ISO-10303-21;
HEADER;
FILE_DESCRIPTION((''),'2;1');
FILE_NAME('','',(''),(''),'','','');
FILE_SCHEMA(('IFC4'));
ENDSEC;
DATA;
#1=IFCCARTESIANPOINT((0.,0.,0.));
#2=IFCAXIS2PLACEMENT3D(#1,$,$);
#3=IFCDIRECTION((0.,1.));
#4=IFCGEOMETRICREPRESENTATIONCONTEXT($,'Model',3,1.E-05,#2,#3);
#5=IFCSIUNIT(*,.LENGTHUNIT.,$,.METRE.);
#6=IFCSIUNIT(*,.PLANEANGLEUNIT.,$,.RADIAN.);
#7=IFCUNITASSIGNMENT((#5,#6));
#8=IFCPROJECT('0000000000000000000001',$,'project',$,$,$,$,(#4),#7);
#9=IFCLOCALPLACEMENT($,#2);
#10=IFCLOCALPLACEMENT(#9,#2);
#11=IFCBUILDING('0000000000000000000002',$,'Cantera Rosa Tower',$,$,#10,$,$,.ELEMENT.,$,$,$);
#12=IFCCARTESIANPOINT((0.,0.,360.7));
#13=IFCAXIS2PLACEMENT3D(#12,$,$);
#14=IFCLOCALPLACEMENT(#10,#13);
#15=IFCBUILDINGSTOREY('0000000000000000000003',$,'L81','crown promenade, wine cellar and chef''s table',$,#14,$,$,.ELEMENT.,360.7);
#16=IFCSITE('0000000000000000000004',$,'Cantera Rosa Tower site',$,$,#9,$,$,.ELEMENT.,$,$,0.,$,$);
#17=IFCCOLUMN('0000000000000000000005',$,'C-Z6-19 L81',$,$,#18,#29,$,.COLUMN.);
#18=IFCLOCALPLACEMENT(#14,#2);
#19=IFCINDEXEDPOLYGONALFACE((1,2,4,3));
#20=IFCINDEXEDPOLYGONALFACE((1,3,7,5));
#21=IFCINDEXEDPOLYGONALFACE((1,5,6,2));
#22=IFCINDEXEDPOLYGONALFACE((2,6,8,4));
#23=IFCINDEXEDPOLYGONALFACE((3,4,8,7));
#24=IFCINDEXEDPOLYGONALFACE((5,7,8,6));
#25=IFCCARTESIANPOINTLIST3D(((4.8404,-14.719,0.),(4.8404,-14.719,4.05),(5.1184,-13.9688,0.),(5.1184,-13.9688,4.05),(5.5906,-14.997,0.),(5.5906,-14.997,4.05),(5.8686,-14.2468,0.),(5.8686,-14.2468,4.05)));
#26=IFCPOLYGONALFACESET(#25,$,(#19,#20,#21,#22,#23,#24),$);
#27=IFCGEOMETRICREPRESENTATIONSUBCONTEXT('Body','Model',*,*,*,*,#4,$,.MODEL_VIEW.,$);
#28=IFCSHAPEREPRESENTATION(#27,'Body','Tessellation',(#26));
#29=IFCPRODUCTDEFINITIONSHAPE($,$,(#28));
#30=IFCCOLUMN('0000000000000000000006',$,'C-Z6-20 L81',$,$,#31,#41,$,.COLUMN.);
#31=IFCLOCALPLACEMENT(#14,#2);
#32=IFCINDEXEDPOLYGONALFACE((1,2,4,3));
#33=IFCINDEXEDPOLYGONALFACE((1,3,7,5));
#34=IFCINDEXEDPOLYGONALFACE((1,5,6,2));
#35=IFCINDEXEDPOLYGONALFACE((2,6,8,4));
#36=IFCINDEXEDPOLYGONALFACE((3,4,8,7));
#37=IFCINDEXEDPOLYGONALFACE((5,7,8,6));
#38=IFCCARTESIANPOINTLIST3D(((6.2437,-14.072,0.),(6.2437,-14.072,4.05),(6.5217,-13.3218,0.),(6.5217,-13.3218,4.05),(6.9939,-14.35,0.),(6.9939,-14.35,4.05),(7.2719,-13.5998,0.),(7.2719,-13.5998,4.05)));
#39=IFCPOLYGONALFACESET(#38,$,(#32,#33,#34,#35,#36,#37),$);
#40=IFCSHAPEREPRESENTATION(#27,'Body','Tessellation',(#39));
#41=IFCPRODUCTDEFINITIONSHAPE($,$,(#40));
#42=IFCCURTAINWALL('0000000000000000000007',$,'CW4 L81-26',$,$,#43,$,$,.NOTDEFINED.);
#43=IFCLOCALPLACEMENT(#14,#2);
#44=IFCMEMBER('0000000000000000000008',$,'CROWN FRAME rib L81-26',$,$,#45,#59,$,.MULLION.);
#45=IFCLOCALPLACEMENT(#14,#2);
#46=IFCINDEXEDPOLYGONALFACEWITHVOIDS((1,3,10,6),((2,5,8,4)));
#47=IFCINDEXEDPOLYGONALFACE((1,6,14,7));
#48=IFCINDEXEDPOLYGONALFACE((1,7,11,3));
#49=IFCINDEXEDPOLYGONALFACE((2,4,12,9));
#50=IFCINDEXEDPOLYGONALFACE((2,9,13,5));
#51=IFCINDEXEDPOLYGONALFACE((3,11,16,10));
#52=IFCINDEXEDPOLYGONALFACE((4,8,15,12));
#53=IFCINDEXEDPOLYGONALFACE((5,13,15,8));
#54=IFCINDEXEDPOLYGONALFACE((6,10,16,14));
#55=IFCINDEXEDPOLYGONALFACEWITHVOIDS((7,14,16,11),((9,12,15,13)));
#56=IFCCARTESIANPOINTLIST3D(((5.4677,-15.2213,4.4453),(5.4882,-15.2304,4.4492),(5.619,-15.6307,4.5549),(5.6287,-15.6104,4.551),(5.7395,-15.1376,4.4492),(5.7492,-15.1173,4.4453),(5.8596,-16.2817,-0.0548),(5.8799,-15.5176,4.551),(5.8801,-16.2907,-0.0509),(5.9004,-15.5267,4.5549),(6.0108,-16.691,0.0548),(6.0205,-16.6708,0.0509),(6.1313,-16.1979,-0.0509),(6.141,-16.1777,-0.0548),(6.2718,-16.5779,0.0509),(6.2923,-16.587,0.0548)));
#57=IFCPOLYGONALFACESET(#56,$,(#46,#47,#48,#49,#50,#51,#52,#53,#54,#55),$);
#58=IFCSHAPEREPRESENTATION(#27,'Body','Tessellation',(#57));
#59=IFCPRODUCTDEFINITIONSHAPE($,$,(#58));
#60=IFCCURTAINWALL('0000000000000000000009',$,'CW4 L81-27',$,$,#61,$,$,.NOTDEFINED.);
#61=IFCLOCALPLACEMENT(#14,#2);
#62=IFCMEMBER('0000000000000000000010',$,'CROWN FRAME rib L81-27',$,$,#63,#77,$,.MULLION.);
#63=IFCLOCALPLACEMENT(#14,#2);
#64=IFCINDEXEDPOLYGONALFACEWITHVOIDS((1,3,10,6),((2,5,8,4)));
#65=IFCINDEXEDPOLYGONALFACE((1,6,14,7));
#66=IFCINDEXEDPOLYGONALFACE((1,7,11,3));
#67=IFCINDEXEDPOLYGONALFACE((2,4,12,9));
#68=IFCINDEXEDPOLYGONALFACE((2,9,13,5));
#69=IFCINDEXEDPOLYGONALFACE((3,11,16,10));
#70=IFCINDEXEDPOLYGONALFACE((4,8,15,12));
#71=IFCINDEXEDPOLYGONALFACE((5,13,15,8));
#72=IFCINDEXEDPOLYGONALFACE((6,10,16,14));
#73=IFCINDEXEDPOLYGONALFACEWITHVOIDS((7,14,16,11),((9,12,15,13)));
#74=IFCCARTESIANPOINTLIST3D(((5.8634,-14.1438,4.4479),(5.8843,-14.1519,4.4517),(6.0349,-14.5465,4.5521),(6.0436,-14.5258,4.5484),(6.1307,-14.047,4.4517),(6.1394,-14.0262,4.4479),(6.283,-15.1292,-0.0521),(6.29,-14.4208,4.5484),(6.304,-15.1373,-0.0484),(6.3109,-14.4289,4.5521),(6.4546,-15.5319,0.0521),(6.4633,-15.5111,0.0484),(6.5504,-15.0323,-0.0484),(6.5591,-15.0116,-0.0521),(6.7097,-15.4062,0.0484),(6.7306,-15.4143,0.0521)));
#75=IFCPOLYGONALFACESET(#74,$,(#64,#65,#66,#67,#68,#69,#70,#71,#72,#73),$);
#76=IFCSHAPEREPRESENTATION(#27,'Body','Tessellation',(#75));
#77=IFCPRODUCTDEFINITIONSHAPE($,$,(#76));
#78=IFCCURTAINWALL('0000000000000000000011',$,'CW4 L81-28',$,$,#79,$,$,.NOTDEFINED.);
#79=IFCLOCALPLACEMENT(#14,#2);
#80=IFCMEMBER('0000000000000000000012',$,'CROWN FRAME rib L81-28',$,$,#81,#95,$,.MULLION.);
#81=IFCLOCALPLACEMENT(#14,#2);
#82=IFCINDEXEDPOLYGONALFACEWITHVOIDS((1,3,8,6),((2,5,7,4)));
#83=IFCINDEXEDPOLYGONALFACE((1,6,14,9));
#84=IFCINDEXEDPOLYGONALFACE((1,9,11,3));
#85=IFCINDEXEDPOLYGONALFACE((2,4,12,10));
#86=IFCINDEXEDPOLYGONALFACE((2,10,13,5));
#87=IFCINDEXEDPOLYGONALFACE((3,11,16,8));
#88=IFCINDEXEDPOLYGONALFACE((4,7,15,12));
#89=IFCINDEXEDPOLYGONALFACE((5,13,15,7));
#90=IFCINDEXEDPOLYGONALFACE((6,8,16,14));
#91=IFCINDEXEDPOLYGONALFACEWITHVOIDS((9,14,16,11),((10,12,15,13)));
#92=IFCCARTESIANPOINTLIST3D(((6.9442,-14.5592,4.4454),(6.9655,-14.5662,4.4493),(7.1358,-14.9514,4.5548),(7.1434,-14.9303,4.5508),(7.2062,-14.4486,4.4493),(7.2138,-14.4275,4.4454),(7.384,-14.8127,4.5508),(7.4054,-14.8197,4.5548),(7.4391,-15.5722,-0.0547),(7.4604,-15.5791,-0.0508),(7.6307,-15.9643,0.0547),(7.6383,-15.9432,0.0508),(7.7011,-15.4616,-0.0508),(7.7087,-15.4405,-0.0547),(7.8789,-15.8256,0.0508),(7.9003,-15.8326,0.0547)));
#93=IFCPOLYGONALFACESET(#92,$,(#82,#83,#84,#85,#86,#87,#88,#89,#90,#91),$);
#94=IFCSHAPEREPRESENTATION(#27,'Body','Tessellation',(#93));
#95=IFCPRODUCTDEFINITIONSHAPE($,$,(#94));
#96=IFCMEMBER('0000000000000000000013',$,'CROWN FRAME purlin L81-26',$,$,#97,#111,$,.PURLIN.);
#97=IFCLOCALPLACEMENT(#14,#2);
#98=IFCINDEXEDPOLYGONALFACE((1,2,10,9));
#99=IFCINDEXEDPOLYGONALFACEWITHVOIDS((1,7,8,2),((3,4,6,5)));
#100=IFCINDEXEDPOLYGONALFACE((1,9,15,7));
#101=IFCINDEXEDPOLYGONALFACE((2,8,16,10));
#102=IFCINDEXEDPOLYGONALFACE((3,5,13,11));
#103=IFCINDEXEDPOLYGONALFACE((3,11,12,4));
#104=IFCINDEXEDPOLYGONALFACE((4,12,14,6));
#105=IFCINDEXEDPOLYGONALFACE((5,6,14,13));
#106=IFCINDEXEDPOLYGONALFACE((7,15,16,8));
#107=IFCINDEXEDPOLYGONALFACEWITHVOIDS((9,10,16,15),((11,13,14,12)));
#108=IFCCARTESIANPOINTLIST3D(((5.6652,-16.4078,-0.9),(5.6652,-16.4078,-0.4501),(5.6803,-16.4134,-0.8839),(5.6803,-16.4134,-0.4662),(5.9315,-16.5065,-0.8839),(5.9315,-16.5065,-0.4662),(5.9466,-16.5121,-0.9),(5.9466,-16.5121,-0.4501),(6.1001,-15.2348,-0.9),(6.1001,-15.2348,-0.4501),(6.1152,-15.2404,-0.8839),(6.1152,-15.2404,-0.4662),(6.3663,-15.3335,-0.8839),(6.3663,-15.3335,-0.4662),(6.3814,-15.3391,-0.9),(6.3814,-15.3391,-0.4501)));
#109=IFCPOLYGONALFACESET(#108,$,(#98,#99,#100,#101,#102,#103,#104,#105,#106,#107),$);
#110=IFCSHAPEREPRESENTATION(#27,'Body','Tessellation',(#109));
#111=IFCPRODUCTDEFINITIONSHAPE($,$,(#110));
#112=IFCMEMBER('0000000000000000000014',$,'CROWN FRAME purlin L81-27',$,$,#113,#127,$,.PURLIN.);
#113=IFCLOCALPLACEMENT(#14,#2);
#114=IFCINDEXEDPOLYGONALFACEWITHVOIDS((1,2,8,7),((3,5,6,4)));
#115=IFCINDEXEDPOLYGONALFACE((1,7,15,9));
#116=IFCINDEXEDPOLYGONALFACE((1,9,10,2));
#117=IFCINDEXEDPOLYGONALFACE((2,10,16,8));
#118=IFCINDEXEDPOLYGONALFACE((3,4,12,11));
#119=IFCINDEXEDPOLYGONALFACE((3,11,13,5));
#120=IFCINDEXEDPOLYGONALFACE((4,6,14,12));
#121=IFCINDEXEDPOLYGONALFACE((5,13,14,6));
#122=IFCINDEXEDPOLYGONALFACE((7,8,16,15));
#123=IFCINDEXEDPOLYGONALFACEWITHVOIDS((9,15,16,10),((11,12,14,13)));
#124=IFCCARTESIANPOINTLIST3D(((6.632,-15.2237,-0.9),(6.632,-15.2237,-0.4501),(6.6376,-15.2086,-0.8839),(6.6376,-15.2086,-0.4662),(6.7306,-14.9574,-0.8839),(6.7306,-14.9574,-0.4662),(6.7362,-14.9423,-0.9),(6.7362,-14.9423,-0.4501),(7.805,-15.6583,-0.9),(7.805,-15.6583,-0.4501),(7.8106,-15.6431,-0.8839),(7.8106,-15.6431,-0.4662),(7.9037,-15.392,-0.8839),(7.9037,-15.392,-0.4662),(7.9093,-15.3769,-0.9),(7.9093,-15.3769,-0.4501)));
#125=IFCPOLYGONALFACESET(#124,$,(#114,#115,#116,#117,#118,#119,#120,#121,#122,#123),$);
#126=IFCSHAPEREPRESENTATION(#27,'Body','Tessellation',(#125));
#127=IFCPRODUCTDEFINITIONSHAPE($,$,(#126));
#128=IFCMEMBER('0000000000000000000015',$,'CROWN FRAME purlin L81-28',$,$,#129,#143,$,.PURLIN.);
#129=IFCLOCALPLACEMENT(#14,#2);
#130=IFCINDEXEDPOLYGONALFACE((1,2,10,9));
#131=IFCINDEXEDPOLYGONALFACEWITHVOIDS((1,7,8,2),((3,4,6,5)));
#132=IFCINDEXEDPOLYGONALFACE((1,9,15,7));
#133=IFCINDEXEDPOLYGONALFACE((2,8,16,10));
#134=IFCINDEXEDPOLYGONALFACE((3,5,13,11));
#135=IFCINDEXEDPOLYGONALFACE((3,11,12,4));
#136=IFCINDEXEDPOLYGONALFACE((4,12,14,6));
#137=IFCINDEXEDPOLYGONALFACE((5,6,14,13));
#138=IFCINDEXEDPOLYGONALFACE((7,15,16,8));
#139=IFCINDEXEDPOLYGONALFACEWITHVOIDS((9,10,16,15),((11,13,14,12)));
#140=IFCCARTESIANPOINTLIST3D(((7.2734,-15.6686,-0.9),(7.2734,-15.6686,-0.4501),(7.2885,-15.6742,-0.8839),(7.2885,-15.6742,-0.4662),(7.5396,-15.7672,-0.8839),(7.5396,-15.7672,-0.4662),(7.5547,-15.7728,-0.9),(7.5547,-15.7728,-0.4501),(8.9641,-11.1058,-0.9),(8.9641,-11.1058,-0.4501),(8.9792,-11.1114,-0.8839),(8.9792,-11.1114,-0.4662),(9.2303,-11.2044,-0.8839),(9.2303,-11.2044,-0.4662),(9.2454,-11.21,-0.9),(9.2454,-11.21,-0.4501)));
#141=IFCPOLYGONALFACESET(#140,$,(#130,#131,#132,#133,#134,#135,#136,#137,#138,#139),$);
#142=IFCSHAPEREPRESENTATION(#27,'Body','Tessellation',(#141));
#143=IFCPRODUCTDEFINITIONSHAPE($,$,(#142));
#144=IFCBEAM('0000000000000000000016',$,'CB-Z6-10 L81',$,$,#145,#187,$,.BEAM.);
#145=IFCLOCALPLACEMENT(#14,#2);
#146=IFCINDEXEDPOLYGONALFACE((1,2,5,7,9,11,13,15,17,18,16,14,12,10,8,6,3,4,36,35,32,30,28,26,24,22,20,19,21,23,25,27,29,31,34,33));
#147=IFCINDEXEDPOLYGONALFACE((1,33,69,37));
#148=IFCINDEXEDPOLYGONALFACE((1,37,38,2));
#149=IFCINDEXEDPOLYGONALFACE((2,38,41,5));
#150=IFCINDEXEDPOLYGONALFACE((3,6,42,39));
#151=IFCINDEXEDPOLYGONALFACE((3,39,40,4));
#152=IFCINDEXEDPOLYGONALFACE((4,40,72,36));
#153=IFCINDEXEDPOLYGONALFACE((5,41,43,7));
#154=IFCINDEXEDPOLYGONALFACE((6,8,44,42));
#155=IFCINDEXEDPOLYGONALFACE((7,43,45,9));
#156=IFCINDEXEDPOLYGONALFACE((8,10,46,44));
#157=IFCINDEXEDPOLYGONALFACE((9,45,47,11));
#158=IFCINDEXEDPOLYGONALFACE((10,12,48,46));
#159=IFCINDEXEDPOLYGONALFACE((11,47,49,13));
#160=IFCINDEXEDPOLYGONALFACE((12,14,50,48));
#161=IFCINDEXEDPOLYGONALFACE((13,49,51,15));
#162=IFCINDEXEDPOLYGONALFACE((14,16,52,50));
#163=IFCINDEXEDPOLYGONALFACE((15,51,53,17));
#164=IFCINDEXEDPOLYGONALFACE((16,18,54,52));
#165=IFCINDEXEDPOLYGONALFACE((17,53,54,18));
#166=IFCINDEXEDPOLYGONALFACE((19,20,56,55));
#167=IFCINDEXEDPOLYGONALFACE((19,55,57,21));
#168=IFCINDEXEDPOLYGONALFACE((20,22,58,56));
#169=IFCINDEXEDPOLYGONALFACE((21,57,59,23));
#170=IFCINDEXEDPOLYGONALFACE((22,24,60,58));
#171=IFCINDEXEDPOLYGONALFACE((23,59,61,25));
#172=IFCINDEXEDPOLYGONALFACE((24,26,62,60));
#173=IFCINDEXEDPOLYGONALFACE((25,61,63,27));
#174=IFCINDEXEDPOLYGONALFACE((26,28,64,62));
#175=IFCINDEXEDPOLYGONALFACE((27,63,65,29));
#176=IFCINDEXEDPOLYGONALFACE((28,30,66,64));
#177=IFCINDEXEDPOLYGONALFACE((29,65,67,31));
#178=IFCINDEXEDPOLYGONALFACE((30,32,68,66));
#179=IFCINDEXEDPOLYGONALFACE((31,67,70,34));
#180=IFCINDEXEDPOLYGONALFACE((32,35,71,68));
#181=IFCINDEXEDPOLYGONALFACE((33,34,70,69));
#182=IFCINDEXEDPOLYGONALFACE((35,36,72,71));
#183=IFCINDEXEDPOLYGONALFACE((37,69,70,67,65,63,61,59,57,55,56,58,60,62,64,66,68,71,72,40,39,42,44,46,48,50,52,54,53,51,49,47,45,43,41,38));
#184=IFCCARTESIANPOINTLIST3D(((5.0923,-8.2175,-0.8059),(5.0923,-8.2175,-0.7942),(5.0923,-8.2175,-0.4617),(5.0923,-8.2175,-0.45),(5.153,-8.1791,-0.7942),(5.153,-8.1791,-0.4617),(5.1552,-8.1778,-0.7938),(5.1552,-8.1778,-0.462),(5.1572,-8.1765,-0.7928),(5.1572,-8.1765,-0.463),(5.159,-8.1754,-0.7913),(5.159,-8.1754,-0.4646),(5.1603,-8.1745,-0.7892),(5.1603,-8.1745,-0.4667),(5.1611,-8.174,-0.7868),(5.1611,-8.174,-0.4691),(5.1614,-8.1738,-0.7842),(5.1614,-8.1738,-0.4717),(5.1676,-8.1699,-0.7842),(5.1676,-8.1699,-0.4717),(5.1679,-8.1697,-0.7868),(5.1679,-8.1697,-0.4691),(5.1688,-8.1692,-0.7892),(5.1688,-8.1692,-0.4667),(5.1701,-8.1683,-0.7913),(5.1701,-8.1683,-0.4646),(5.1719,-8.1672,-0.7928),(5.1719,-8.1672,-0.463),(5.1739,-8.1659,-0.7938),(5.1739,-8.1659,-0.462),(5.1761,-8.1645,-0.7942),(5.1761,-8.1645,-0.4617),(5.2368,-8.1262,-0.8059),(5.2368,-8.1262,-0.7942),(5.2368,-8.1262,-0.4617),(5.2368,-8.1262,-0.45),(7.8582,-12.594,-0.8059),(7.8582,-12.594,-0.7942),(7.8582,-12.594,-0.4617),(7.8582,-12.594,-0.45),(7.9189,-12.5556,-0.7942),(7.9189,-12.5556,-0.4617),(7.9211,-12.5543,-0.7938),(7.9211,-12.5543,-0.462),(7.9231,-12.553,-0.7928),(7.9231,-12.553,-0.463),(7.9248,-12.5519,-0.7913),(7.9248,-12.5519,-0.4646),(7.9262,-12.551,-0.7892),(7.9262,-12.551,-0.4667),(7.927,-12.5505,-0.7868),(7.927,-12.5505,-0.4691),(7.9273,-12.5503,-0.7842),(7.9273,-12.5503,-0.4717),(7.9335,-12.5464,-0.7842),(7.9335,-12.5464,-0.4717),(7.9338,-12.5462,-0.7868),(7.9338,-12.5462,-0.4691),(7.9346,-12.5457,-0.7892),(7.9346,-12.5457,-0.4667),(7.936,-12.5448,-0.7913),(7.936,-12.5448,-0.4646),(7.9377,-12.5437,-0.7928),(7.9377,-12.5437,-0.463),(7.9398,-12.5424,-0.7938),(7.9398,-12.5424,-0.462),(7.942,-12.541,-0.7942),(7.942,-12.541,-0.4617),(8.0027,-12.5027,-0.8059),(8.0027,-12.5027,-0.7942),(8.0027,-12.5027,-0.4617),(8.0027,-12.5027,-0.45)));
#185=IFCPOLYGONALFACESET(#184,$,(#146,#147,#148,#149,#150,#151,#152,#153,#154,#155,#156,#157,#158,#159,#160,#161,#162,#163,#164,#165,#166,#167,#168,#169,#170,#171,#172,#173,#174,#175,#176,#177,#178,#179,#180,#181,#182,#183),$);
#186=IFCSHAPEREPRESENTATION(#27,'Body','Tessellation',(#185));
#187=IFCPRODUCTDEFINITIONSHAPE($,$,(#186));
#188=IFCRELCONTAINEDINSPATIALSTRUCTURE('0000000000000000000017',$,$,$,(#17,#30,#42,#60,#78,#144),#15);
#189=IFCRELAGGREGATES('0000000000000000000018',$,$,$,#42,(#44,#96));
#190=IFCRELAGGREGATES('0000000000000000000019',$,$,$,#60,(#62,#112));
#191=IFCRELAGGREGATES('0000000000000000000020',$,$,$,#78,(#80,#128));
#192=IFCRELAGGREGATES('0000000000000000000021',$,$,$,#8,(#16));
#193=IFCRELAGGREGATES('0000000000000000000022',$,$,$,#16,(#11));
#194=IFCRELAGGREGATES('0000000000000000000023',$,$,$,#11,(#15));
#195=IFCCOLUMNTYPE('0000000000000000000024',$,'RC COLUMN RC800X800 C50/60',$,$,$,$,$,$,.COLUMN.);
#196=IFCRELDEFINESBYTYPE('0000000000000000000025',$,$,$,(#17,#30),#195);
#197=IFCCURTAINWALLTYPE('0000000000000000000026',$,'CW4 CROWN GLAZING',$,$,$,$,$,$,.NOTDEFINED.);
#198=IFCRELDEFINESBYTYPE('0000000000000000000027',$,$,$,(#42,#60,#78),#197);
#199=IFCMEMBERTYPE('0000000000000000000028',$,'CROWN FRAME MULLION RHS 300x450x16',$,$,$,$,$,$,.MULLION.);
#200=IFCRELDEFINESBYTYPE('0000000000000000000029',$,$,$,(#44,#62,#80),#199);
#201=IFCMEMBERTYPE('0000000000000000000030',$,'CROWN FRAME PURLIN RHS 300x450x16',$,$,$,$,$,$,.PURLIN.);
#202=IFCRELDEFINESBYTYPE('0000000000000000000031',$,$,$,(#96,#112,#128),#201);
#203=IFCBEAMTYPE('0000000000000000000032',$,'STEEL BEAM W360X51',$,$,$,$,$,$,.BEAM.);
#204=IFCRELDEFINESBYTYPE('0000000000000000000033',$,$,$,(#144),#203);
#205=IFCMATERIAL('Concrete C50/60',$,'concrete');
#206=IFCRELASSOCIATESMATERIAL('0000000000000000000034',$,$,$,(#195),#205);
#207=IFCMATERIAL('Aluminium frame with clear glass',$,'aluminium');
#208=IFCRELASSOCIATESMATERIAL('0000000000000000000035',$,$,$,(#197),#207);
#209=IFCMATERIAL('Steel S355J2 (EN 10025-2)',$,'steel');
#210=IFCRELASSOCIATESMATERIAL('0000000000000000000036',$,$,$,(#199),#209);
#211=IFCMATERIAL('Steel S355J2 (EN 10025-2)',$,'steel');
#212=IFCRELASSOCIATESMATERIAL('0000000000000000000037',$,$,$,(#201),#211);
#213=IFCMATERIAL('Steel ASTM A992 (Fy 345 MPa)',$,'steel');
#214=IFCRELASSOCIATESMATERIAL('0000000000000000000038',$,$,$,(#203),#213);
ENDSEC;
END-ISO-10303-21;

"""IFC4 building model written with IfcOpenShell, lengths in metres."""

from ifc_helpers import new_model, si_unit, direction, frame, origin, origin_2d, place, context, subcontext, project, spatial, rectangle, hollow_rectangle, i_section, extrude, material, material_profile, profile_set, type_object, element, aggregate, save


model = new_model("IFC4")

# Units and contexts
model_context = context("Model", 3, precision=1e-05, world=origin(), true_north=direction((0.0, 1.0)))
body_context = subcontext(model_context, "Body", "Model", "MODEL_VIEW")
ifc_project = project(units=[si_unit("LENGTHUNIT", "METRE"), si_unit("PLANEANGLEUNIT", "RADIAN")], contexts=[model_context])

# Site, building, storey
site_placement = place(None, origin())
site = spatial("IfcSite", under=ifc_project, at=site_placement, Name="Cantera Rosa Tower site", CompositionType="ELEMENT", RefElevation=0.0)
building_placement = place(site_placement, origin())
building = spatial("IfcBuilding", under=site, at=building_placement, Name="Cantera Rosa Tower", CompositionType="ELEMENT")
storey_placement = place(building_placement, frame((0.0, 0.0, 360.7)))
storey = spatial("IfcBuildingStorey", under=building, at=storey_placement, Name="L81", Description="crown promenade, wine cellar and chef's table", CompositionType="ELEMENT", Elevation=360.7)

# Columns
ifc_material_1 = material(Name="Concrete C50/60", Category="concrete")
ifc_material_profile_1 = material_profile(ifc_material_1, rectangle(XDim=0.8, YDim=0.8, at=origin_2d()), Name="RC COLUMN RC800X800 C50/60")
ifc_profile_set_1 = profile_set([ifc_material_profile_1], Name="Concrete C50/60")
column_type = type_object("IfcColumnType", Name="RC COLUMN RC800X800 C50/60", PredefinedType="COLUMN", material=ifc_profile_set_1)
for number, where, z_axis, x_axis, name in (
    (1, (5.3545, -14.4829, 0.0), (0.0, 0.0, 1.0), (0.347481, 0.937687, 0.0), "C-Z6-19 L81"),
    (2, (6.7578, -13.8359, 0.0), (0.0, 0.0, 1.0), (0.347481, 0.937687, 0.0), "C-Z6-20 L81"),
):
    element("IfcColumn", number, at=place(storey_placement, frame(where, z_axis=z_axis, x_axis=x_axis)), inside=storey, type_object=column_type, Name=name, PredefinedType="COLUMN", context=body_context, shape_type="SweptSolid", body=[
        extrude(rectangle(XDim=0.8, YDim=0.8, at=origin_2d()), origin(), (0.0, 0.0, 1.0), 4.05),
    ])

# Curtain walls, members
ifc_material_2 = material(Name="Aluminium frame with clear glass", Category="aluminium")
curtain_wall_type = type_object("IfcCurtainWallType", Name="CW4 CROWN GLAZING", PredefinedType="NOTDEFINED", material=ifc_material_2)
curtain_wall_1_placement = place(storey_placement, origin())
curtain_wall_1 = element("IfcCurtainWall", 3, at=curtain_wall_1_placement, inside=storey, type_object=curtain_wall_type, Name="CW4 L81-26", PredefinedType="NOTDEFINED")
ifc_material_3 = material(Name="Steel S355J2 (EN 10025-2)", Category="steel")
ifc_material_profile_2 = material_profile(ifc_material_3, hollow_rectangle(XDim=0.3, YDim=0.45, WallThickness=0.0161, at=origin_2d()), Name="CROWN FRAME MULLION RHS 300x450x16")
ifc_profile_set_2 = profile_set([ifc_material_profile_2], Name="Steel S355J2 (EN 10025-2)")
member_type_1 = type_object("IfcMemberType", Name="CROWN FRAME MULLION RHS 300x450x16", PredefinedType="MULLION", material=ifc_profile_set_2)
member_1_placement = place(storey_placement, frame((6.0759, -16.4343, 0.0), z_axis=(-0.084453, 0.228523, 0.969868), x_axis=(-0.937996, -0.346646, 0.0)))
member_1 = element("IfcMember", 4, at=member_1_placement, type_object=member_type_1, Name="CROWN FRAME rib L81-26", PredefinedType="MULLION", context=body_context, shape_type="SweptSolid", body=[
    extrude(hollow_rectangle(XDim=0.3, YDim=0.45, WallThickness=0.0161, at=origin_2d()), origin(), (0.0, 0.0, 1.0), 4.6399),
])
curtain_wall_2_placement = place(storey_placement, origin())
curtain_wall_2 = element("IfcCurtainWall", 5, at=curtain_wall_2_placement, inside=storey, type_object=curtain_wall_type, Name="CW4 L81-27", PredefinedType="NOTDEFINED")
member_2_placement = place(storey_placement, frame((6.5068, -15.2717, 0.0), z_axis=(-0.090728, 0.213017, 0.972827), x_axis=(-0.920027, -0.391855, 0.0)))
member_2 = element("IfcMember", 6, at=member_2_placement, type_object=member_type_1, Name="CROWN FRAME rib L81-27", PredefinedType="MULLION", context=body_context, shape_type="SweptSolid", body=[
    extrude(hollow_rectangle(XDim=0.3, YDim=0.45, WallThickness=0.0161, at=origin_2d()), origin(), (0.0, 0.0, 1.0), 4.6257),
])
curtain_wall_3_placement = place(storey_placement, origin())
curtain_wall_3 = element("IfcCurtainWall", 7, at=curtain_wall_3_placement, inside=storey, type_object=curtain_wall_type, Name="CW4 L81-28", PredefinedType="NOTDEFINED")
member_3_placement = place(storey_placement, frame((7.6697, -15.7024, 0.0), z_axis=(-0.106675, 0.21835, 0.970023), x_axis=(-0.898504, -0.438965, 0.0)))
member_3 = element("IfcMember", 8, at=member_3_placement, type_object=member_type_1, Name="CROWN FRAME rib L81-28", PredefinedType="MULLION", context=body_context, shape_type="SweptSolid", body=[
    extrude(hollow_rectangle(XDim=0.3, YDim=0.45, WallThickness=0.0161, at=origin_2d()), origin(), (0.0, 0.0, 1.0), 4.6392),
])

# Members
ifc_material_4 = material(Name="Steel S355J2 (EN 10025-2)", Category="steel")
ifc_material_profile_3 = material_profile(ifc_material_4, hollow_rectangle(XDim=0.3, YDim=0.45, WallThickness=0.0161, at=origin_2d()), Name="CROWN FRAME PURLIN RHS 300x450x16")
ifc_profile_set_3 = profile_set([ifc_material_profile_3], Name="Steel S355J2 (EN 10025-2)")
member_type_2 = type_object("IfcMemberType", Name="CROWN FRAME PURLIN RHS 300x450x16", PredefinedType="PURLIN", material=ifc_profile_set_3)
member_4_placement = place(storey_placement, frame((5.8059, -16.46, -0.675), z_axis=(0.347613, 0.937638, 0.0), x_axis=(-0.937638, 0.347613, 0.0)))
member_4 = element("IfcMember", 9, at=member_4_placement, type_object=member_type_2, Name="CROWN FRAME purlin L81-26", PredefinedType="PURLIN", context=body_context, shape_type="SweptSolid", body=[
    extrude(hollow_rectangle(XDim=0.3, YDim=0.45, WallThickness=0.0161, at=origin_2d()), origin(), (0.0, 0.0, 1.0), 1.251),
])
member_5_placement = place(storey_placement, frame((6.6841, -15.083, -0.675), z_axis=(0.937725, -0.347378, 0.0), x_axis=(0.347378, 0.937725, 0.0)))
member_5 = element("IfcMember", 10, at=member_5_placement, type_object=member_type_2, Name="CROWN FRAME purlin L81-27", PredefinedType="PURLIN", context=body_context, shape_type="SweptSolid", body=[
    extrude(hollow_rectangle(XDim=0.3, YDim=0.45, WallThickness=0.0161, at=origin_2d()), origin(), (0.0, 0.0, 1.0), 1.251),
])
member_6_placement = place(storey_placement, frame((7.4141, -15.7207, -0.675), z_axis=(0.347453, 0.937697, 0.0), x_axis=(-0.937697, 0.347453, 0.0)))
member_6 = element("IfcMember", 11, at=member_6_placement, type_object=member_type_2, Name="CROWN FRAME purlin L81-28", PredefinedType="PURLIN", context=body_context, shape_type="SweptSolid", body=[
    extrude(hollow_rectangle(XDim=0.3, YDim=0.45, WallThickness=0.0161, at=origin_2d()), origin(), (0.0, 0.0, 1.0), 4.866),
])

# Beam
ifc_material_5 = material(Name="Steel ASTM A992 (Fy 345 MPa)", Category="steel")
ifc_material_profile_4 = material_profile(ifc_material_5, i_section(OverallWidth=0.1709, OverallDepth=0.356, WebThickness=0.0073, FlangeThickness=0.0117, FilletRadius=0.01, at=origin_2d()), Name="W360X51")
ifc_profile_set_4 = profile_set([ifc_material_profile_4], Name="Steel ASTM A992 (Fy 345 MPa)")
beam_type_1 = type_object("IfcBeamType", Name="STEEL BEAM W360X51", PredefinedType="BEAM", material=ifc_profile_set_4)
beam_1_placement = place(storey_placement, frame((7.9304, -12.5483, -0.6279), z_axis=(-0.53424, 0.845333, 0.0), x_axis=(-0.845333, -0.53424, 0.0)))
element("IfcBeam", 12, at=beam_1_placement, inside=storey, type_object=beam_type_1, Name="CB-Z6-10 L81", PredefinedType="BEAM", context=body_context, shape_type="SweptSolid", body=[
    extrude(i_section(OverallWidth=0.1709, OverallDepth=0.356, WebThickness=0.0073, FlangeThickness=0.0117, FilletRadius=0.01, at=origin_2d()), origin(), (0.0, 0.0, 1.0), 5.1772),
])

aggregate(curtain_wall_1, [member_1, member_4])
aggregate(curtain_wall_2, [member_2, member_5])
aggregate(curtain_wall_3, [member_3, member_6])

save(model, "model.ifc")
